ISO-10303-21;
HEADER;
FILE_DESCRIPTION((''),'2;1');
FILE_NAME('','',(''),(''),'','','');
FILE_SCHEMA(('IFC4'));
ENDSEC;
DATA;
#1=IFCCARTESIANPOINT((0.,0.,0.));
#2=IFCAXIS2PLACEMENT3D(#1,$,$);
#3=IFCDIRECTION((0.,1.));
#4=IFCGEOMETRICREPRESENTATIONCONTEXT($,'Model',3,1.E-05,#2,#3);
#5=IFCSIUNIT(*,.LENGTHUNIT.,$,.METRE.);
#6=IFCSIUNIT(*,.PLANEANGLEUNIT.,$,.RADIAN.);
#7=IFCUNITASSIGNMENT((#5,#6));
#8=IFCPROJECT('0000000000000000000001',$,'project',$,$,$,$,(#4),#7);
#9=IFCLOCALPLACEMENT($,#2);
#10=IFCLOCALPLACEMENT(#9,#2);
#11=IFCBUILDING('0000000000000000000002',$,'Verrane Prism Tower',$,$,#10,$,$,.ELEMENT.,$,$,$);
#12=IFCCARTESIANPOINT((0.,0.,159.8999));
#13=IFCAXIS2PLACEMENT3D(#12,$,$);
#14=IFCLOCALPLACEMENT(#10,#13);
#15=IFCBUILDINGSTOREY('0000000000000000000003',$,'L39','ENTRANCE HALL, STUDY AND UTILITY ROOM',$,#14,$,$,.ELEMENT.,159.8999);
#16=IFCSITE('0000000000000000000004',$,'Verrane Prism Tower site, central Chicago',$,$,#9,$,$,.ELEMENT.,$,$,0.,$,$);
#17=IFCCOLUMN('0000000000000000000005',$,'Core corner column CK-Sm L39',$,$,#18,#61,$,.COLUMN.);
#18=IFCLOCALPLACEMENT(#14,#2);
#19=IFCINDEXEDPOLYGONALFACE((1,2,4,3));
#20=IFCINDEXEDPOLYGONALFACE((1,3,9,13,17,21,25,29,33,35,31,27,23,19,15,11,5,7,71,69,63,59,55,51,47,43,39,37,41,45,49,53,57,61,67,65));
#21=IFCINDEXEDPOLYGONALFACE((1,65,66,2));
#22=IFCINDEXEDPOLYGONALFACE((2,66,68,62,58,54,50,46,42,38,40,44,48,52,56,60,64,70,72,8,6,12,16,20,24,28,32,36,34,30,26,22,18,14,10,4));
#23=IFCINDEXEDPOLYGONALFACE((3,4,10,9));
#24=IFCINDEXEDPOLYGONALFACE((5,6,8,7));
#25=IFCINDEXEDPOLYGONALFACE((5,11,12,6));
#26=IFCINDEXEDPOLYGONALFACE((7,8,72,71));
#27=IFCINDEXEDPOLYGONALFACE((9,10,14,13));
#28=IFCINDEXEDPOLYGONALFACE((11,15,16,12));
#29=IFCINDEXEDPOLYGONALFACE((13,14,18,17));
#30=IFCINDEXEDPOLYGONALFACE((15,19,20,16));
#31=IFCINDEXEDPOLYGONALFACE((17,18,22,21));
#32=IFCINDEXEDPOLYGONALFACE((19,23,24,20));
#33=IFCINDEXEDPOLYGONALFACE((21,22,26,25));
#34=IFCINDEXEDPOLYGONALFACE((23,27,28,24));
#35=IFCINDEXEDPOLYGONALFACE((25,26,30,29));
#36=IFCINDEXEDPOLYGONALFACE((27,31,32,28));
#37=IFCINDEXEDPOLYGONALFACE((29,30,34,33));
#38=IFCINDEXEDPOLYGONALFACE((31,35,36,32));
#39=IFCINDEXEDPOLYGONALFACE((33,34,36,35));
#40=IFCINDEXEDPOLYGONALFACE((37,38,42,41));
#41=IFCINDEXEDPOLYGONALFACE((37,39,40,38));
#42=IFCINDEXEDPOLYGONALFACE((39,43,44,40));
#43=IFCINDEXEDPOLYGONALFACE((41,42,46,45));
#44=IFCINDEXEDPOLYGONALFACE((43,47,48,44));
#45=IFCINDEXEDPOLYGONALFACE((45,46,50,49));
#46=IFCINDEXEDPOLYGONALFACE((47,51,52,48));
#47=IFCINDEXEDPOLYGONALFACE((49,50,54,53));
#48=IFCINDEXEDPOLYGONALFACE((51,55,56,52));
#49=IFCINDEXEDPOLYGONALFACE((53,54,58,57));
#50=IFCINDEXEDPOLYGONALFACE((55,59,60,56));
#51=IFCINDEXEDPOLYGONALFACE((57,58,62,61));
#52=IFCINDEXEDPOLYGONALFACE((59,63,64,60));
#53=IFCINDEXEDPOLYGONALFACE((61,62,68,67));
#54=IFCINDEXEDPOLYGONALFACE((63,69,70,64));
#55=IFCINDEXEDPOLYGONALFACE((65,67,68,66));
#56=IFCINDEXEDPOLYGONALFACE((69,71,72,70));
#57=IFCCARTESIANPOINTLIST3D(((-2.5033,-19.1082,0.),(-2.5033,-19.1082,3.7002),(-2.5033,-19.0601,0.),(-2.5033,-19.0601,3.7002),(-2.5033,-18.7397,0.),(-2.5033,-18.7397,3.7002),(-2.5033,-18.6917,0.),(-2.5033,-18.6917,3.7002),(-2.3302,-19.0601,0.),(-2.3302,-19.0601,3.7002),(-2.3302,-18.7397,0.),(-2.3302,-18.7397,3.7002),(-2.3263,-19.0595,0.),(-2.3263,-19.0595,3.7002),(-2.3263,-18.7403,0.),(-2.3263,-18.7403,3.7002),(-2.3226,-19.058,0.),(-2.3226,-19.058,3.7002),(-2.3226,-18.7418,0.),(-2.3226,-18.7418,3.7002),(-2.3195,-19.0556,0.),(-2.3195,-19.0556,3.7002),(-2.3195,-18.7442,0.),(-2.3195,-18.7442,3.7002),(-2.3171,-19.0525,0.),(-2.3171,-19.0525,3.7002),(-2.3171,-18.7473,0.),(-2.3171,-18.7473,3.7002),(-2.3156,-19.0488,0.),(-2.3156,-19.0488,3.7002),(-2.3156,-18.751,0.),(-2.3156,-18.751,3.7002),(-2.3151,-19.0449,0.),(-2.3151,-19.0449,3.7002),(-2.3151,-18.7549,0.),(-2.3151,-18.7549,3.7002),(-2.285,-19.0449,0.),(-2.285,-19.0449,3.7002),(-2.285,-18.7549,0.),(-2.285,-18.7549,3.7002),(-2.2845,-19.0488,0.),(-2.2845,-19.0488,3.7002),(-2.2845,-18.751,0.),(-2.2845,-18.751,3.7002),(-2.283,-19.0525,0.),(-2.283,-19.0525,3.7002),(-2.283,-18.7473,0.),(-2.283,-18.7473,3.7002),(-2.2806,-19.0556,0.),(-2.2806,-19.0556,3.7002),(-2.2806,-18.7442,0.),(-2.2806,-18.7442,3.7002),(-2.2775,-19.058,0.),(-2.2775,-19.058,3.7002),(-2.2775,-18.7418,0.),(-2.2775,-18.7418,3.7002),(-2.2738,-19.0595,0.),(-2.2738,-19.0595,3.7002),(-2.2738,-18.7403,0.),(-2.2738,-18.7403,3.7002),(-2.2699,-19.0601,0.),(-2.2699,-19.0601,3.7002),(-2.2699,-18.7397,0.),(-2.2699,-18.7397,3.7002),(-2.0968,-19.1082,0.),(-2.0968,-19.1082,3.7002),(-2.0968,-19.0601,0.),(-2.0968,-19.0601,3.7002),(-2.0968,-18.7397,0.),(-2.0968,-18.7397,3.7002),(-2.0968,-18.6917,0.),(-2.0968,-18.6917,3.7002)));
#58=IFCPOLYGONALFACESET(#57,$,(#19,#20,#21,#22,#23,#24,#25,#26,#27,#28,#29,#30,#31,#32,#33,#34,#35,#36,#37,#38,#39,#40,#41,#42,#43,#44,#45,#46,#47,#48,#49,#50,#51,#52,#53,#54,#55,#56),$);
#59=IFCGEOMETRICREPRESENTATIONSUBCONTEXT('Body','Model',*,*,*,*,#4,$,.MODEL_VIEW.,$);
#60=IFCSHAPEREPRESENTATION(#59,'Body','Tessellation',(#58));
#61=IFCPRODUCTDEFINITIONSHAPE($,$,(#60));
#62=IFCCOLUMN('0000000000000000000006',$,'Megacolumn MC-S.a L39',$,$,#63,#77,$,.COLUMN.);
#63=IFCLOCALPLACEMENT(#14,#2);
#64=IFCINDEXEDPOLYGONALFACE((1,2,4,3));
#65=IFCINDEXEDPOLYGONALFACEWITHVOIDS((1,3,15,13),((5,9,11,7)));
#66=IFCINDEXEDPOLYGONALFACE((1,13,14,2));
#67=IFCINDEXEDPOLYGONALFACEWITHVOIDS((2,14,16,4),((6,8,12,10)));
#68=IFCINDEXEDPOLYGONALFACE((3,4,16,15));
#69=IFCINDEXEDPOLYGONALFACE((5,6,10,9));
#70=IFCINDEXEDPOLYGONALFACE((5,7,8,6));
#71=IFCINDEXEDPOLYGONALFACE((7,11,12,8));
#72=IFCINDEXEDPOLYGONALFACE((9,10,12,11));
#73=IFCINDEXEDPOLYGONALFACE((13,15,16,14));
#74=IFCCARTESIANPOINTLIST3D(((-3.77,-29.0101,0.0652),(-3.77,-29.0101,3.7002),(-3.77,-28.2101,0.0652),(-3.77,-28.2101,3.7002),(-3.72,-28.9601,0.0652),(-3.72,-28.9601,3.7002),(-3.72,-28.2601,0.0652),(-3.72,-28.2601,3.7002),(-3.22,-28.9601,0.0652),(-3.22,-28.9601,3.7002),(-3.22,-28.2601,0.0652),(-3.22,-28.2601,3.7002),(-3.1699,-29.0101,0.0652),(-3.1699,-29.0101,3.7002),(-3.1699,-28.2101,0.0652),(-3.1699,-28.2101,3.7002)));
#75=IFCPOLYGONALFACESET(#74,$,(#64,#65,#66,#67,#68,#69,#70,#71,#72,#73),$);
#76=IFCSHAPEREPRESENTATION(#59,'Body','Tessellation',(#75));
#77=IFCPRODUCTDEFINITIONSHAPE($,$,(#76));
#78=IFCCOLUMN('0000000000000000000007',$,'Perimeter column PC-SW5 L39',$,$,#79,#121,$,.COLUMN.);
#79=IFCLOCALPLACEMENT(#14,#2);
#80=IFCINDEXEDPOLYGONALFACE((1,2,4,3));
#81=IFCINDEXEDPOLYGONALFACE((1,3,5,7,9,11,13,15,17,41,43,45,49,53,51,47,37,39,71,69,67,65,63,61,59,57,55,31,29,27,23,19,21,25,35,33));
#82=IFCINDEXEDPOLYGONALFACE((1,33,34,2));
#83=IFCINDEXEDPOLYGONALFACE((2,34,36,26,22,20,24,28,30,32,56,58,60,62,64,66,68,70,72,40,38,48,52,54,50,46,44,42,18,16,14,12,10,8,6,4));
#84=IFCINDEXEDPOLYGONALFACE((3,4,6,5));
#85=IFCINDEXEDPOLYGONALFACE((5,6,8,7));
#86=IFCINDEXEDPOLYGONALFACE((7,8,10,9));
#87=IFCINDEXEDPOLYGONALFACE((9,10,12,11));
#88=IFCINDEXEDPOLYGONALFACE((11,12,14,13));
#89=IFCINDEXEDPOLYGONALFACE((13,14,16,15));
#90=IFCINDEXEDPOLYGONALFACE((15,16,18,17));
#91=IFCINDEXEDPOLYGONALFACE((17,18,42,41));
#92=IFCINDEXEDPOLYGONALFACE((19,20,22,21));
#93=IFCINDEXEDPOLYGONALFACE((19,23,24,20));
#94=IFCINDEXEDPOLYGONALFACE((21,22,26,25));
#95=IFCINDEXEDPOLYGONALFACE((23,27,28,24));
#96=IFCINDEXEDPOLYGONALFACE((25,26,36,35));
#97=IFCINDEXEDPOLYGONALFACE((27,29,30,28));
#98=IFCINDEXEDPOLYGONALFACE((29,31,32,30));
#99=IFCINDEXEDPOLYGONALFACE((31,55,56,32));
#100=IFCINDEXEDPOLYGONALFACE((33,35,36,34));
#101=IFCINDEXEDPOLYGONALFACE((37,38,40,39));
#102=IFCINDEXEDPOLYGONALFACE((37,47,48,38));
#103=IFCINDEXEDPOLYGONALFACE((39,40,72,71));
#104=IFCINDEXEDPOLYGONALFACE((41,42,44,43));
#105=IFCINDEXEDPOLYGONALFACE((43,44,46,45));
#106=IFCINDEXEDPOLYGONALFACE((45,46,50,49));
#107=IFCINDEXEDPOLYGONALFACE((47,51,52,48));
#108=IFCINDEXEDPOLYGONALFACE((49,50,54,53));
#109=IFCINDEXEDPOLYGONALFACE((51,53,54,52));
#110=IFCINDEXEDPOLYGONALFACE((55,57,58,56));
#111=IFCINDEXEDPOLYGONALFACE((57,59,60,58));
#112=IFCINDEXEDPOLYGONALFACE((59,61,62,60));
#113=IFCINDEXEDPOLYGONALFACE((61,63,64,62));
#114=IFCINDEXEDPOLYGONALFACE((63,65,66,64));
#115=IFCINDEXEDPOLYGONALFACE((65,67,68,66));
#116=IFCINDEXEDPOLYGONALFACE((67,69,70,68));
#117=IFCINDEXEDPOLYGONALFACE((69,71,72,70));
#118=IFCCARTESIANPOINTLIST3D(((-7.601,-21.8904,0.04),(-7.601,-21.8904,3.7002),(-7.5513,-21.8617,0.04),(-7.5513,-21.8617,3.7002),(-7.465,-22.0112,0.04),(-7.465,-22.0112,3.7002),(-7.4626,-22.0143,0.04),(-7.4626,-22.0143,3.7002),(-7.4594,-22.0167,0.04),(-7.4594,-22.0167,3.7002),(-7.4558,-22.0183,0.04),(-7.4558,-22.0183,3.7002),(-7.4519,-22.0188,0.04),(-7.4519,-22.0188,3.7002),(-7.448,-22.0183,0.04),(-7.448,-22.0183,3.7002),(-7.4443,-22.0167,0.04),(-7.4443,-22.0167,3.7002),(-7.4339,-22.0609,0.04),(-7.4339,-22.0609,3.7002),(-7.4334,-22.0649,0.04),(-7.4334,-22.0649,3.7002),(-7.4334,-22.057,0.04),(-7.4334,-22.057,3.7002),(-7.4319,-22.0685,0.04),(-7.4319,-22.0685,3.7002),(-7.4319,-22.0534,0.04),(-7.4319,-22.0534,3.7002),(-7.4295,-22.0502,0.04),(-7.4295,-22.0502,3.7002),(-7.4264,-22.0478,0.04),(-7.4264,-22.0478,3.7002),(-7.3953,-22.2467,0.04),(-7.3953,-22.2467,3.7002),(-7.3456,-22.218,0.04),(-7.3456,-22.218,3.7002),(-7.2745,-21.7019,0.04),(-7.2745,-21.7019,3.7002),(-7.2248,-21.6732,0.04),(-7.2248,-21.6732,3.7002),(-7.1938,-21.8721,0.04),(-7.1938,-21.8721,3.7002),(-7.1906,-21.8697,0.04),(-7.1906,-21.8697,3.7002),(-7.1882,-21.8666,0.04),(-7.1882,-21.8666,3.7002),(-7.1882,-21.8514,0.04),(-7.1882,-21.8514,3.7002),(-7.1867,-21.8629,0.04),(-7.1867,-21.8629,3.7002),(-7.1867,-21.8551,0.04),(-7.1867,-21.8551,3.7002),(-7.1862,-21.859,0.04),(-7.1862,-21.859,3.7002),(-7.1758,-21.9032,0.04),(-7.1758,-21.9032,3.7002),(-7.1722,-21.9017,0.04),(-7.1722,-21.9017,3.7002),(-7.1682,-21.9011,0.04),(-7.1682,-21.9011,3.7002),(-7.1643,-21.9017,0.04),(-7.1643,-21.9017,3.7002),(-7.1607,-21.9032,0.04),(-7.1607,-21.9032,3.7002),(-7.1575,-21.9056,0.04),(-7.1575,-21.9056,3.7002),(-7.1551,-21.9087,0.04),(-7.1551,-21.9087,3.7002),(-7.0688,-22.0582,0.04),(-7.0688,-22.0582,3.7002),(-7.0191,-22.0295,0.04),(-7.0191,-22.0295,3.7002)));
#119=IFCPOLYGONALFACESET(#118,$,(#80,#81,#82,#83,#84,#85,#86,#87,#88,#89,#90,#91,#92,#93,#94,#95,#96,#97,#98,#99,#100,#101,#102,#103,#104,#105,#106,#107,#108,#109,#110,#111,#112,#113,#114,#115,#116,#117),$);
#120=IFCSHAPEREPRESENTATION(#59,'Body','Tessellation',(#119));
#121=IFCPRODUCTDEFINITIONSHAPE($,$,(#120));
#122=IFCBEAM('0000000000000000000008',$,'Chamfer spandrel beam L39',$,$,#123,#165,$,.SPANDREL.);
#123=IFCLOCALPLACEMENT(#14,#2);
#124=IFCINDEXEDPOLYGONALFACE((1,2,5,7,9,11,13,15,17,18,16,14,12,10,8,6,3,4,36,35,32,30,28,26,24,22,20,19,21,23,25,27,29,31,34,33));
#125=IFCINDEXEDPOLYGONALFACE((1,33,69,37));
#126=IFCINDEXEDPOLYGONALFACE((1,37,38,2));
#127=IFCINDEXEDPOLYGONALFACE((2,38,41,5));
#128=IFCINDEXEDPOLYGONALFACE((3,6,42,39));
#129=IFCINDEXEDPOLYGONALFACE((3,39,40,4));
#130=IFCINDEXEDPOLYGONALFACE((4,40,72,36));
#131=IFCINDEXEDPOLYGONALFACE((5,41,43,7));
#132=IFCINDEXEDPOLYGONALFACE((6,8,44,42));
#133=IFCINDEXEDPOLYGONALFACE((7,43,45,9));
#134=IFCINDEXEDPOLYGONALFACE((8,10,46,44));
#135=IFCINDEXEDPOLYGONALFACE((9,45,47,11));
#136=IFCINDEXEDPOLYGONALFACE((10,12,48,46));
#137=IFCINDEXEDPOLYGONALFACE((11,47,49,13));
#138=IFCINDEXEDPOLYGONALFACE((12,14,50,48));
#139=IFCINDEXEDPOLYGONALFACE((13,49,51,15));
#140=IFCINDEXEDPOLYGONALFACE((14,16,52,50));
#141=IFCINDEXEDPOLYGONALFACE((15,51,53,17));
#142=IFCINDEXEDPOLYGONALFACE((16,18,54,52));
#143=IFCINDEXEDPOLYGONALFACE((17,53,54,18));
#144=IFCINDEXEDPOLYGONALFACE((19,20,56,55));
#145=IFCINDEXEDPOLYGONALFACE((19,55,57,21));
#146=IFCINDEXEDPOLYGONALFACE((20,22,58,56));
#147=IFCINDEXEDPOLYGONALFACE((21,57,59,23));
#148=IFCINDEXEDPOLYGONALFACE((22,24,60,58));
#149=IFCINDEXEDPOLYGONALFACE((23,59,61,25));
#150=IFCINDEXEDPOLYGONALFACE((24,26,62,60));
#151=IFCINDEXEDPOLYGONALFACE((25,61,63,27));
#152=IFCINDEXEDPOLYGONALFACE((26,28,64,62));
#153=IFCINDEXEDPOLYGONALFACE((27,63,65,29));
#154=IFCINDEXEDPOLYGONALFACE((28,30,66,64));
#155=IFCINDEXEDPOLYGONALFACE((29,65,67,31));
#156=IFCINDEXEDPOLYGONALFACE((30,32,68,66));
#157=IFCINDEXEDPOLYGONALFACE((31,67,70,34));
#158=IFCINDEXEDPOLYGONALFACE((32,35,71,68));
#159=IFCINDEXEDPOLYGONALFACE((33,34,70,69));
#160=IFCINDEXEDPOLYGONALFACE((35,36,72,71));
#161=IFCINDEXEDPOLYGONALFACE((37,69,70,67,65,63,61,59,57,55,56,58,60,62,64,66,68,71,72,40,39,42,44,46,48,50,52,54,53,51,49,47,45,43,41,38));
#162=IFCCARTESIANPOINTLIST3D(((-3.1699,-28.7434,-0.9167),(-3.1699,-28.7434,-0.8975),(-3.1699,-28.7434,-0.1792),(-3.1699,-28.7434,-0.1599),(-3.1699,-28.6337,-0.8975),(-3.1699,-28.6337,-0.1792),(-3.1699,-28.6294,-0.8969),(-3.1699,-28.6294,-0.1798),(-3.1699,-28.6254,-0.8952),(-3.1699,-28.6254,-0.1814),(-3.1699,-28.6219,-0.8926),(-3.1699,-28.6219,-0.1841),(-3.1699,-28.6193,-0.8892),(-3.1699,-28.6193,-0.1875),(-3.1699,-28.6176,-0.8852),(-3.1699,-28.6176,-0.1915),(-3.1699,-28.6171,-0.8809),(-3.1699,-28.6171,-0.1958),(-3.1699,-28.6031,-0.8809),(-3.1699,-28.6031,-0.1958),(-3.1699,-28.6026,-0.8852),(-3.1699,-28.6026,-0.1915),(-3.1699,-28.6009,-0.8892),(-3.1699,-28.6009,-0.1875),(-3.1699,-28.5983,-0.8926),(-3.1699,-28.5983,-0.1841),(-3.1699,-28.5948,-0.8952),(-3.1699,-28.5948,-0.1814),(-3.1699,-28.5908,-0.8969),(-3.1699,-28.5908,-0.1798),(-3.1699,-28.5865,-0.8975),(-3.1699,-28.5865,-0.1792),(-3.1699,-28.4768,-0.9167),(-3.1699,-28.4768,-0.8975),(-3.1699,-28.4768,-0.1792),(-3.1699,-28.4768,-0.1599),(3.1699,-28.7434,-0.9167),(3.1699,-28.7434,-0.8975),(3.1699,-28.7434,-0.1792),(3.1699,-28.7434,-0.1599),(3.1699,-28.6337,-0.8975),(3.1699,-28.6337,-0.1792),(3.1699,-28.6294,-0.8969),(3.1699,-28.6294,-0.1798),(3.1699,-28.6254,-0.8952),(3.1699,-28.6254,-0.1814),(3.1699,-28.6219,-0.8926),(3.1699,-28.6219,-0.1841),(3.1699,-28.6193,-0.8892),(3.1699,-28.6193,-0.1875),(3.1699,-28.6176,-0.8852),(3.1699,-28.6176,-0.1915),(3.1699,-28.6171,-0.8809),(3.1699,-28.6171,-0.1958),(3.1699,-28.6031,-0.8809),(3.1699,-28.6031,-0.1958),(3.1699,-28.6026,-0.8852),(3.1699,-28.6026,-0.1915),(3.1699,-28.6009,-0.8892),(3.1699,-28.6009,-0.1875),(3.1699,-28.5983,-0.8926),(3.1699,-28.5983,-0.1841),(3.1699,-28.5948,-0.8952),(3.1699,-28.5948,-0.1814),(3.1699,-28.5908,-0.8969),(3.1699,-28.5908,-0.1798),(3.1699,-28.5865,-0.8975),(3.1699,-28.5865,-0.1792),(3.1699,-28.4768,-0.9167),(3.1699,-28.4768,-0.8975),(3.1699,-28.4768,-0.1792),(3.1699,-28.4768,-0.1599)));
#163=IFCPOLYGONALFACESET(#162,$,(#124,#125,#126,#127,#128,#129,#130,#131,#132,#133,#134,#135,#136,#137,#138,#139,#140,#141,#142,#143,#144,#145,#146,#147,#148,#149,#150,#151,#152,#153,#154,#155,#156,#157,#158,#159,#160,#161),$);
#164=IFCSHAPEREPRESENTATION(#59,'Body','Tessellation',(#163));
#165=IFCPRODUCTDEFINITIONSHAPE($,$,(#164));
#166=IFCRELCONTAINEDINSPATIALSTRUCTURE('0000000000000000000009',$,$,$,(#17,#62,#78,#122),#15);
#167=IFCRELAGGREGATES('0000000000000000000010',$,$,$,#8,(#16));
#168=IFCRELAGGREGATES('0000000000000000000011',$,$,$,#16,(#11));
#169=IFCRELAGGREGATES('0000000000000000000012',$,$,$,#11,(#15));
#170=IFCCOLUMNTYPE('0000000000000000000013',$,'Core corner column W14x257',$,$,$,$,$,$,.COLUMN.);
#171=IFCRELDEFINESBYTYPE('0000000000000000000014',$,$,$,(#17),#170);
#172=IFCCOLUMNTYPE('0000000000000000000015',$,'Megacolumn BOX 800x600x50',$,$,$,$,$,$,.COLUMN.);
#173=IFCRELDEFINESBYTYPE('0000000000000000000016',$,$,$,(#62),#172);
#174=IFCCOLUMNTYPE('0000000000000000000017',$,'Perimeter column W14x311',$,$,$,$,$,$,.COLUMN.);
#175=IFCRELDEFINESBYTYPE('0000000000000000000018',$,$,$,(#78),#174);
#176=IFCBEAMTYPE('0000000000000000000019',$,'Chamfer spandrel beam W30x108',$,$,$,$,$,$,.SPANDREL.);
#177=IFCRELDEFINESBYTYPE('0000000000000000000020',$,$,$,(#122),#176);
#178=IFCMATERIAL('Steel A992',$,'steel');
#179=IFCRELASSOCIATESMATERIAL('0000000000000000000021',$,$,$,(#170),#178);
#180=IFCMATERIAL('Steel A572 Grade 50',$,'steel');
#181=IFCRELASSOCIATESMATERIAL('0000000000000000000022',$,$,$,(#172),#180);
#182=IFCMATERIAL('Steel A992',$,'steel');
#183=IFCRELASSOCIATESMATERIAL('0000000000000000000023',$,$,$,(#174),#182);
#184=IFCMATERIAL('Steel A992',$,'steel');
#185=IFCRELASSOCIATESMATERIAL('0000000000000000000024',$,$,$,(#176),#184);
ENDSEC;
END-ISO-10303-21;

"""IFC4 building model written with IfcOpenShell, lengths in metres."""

from ifc_helpers import new_model, si_unit, direction, frame, origin, origin_2d, place, context, subcontext, project, spatial, hollow_rectangle, i_section, extrude, material, material_profile, profile_set, type_object, element, save


model = new_model("IFC4")

# Units and contexts
model_context = context("Model", 3, precision=1e-05, world=origin(), true_north=direction((0.0, 1.0)))
body_context = subcontext(model_context, "Body", "Model", "MODEL_VIEW")
ifc_project = project(units=[si_unit("LENGTHUNIT", "METRE"), si_unit("PLANEANGLEUNIT", "RADIAN")], contexts=[model_context])

# Site, building, storey
site_placement = place(None, origin())
site = spatial("IfcSite", under=ifc_project, at=site_placement, Name="Verrane Prism Tower site, central Chicago", CompositionType="ELEMENT", RefElevation=0.0)
building_placement = place(site_placement, origin())
building = spatial("IfcBuilding", under=site, at=building_placement, Name="Verrane Prism Tower", CompositionType="ELEMENT")
storey_placement = place(building_placement, frame((0.0, 0.0, 159.8999)))
storey = spatial("IfcBuildingStorey", under=building, at=storey_placement, Name="L39", Description="ENTRANCE HALL, STUDY AND UTILITY ROOM", CompositionType="ELEMENT", Elevation=159.8999)

# Columns
ifc_material_1 = material(Name="Steel A992", Category="steel")
ifc_material_profile_1 = material_profile(ifc_material_1, i_section(OverallWidth=0.4065, OverallDepth=0.4165, WebThickness=0.03, FlangeThickness=0.0481, FilletRadius=0.0151, at=origin_2d()), Name="W14x257")
ifc_profile_set_1 = profile_set([ifc_material_profile_1], Name="Steel A992")
column_type_1 = type_object("IfcColumnType", Name="Core corner column W14x257", PredefinedType="COLUMN", material=ifc_profile_set_1)
column_1_placement = place(storey_placement, frame((-2.3, -18.8999, 0.0), z_axis=(0.0, 0.0, 1.0), x_axis=(-1.0, 0.0, 0.0)))
element("IfcColumn", 1, at=column_1_placement, inside=storey, type_object=column_type_1, Name="Core corner column CK-Sm L39", PredefinedType="COLUMN", context=body_context, shape_type="SweptSolid", body=[
    extrude(i_section(OverallWidth=0.4065, OverallDepth=0.4165, WebThickness=0.03, FlangeThickness=0.0481, FilletRadius=0.0151, at=origin_2d()), origin(), (0.0, 0.0, 1.0), 3.7002),
])
ifc_material_2 = material(Name="Steel A572 Grade 50", Category="steel")
ifc_material_profile_2 = material_profile(ifc_material_2, hollow_rectangle(XDim=0.6001, YDim=0.8, WallThickness=0.05, at=origin_2d()), Name="BOX 800x600x50")
ifc_profile_set_2 = profile_set([ifc_material_profile_2], Name="Steel A572 Grade 50")
column_type_2 = type_object("IfcColumnType", Name="Megacolumn BOX 800x600x50", PredefinedType="COLUMN", material=ifc_profile_set_2)
column_2_placement = place(storey_placement, frame((-3.47, -28.6101, 0.0652), z_axis=(0.0, 0.0, 1.0), x_axis=(-1.0, 0.0, 0.0)))
element("IfcColumn", 2, at=column_2_placement, inside=storey, type_object=column_type_2, Name="Megacolumn MC-S.a L39", PredefinedType="COLUMN", context=body_context, shape_type="SweptSolid", body=[
    extrude(hollow_rectangle(XDim=0.6001, YDim=0.8, WallThickness=0.05, at=origin_2d()), origin(), (0.0, 0.0, 1.0), 3.635),
])
ifc_material_3 = material(Name="Steel A992", Category="steel")
ifc_material_profile_3 = material_profile(ifc_material_3, i_section(OverallWidth=0.4114, OverallDepth=0.4343, WebThickness=0.0359, FlangeThickness=0.0574, FilletRadius=0.0151, at=origin_2d()), Name="W14x311")
ifc_profile_set_3 = profile_set([ifc_material_profile_3], Name="Steel A992")
column_type_3 = type_object("IfcColumnType", Name="Perimeter column W14x311", PredefinedType="COLUMN", material=ifc_profile_set_3)
column_3_placement = place(storey_placement, frame((-7.3101, -21.96, 0.04), z_axis=(0.0, 0.0, 1.0), x_axis=(-0.5, 0.866025, 0.0)))
element("IfcColumn", 3, at=column_3_placement, inside=storey, type_object=column_type_3, Name="Perimeter column PC-SW5 L39", PredefinedType="COLUMN", context=body_context, shape_type="SweptSolid", body=[
    extrude(i_section(OverallWidth=0.4114, OverallDepth=0.4343, WebThickness=0.0359, FlangeThickness=0.0574, FilletRadius=0.0151, at=origin_2d()), origin(), (0.0, 0.0, 1.0), 3.6602),
])

# Beam
ifc_material_4 = material(Name="Steel A992", Category="steel")
ifc_material_profile_4 = material_profile(ifc_material_4, i_section(OverallWidth=0.2666, OverallDepth=0.7568, WebThickness=0.0139, FlangeThickness=0.0193, FilletRadius=0.0166, at=origin_2d()), Name="W30x108")
ifc_profile_set_4 = profile_set([ifc_material_profile_4], Name="Steel A992")
beam_type_1 = type_object("IfcBeamType", Name="Chamfer spandrel beam W30x108", PredefinedType="SPANDREL", material=ifc_profile_set_4)
beam_1_placement = place(storey_placement, frame((-3.1699, -28.6101, -0.5383), z_axis=(1.0, 0.0, 0.0), x_axis=(0.0, 1.0, 0.0)))
element("IfcBeam", 4, at=beam_1_placement, inside=storey, type_object=beam_type_1, Name="Chamfer spandrel beam L39", PredefinedType="SPANDREL", context=body_context, shape_type="SweptSolid", body=[
    extrude(i_section(OverallWidth=0.2666, OverallDepth=0.7568, WebThickness=0.0139, FlangeThickness=0.0193, FilletRadius=0.0166, at=origin_2d()), origin(), (0.0, 0.0, 1.0), 6.3398),
])

save(model, "model.ifc")
